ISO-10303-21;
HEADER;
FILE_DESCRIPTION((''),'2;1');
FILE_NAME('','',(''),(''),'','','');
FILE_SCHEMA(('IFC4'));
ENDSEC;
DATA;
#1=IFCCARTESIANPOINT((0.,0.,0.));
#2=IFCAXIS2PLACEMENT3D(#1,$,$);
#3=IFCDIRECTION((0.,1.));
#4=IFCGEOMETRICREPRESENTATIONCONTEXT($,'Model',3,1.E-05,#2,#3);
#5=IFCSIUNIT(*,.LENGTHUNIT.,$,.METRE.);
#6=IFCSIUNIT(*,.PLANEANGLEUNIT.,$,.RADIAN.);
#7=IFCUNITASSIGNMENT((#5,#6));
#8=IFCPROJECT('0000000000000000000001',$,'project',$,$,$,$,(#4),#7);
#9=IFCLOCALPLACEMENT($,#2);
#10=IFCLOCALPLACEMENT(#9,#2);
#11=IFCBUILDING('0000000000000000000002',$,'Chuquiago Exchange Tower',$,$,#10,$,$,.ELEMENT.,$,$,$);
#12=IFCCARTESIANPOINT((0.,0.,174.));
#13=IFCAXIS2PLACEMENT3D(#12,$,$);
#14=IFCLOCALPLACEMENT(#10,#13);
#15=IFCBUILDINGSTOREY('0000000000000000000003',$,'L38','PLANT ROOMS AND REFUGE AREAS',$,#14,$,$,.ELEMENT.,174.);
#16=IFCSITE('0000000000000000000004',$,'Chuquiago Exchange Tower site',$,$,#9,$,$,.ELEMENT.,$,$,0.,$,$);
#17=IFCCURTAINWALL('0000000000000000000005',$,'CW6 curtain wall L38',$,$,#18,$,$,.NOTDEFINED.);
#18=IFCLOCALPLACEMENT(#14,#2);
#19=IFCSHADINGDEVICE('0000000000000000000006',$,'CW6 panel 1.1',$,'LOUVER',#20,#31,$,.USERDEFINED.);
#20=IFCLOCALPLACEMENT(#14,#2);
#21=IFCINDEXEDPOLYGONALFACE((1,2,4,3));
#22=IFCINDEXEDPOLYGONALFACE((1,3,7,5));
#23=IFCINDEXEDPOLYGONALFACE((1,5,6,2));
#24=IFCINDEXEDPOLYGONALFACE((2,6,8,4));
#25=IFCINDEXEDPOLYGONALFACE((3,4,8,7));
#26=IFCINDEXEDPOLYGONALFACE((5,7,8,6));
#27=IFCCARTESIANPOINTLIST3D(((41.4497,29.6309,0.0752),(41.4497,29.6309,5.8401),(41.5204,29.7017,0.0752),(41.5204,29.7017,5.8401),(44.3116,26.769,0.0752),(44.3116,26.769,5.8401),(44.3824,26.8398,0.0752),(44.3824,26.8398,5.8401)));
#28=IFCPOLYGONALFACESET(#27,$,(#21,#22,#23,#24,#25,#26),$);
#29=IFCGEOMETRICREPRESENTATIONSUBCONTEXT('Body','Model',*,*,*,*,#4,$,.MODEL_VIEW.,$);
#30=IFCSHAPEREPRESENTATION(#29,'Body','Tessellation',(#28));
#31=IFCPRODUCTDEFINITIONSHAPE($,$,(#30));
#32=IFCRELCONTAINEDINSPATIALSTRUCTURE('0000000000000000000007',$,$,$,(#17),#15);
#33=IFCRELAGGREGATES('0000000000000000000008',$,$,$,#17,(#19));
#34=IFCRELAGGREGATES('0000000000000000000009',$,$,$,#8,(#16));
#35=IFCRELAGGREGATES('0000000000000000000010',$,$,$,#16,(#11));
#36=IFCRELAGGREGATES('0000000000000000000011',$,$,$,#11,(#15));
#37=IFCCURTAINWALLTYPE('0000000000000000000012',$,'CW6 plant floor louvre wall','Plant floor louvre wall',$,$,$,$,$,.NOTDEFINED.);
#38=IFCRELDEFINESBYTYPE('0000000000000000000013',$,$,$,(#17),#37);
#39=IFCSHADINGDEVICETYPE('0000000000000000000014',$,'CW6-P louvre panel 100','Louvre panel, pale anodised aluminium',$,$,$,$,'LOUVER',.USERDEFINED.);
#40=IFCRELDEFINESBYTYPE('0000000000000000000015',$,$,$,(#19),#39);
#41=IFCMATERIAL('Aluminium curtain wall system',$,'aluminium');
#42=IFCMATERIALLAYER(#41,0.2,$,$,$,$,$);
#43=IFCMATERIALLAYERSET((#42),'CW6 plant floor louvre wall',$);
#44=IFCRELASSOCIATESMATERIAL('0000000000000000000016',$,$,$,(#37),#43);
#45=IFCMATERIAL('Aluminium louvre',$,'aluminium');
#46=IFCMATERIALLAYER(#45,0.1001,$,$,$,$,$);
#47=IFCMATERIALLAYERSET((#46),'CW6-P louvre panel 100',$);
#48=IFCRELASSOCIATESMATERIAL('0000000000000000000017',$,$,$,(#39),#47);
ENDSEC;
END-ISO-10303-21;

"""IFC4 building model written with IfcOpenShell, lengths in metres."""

from ifc_helpers import new_model, si_unit, direction, frame, origin, origin_2d, place, context, subcontext, project, spatial, rectangle, extrude, material, layer, layer_set, type_object, element, aggregate, save


model = new_model("IFC4")

# Units and contexts
model_context = context("Model", 3, precision=1e-05, world=origin(), true_north=direction((0.0, 1.0)))
body_context = subcontext(model_context, "Body", "Model", "MODEL_VIEW")
ifc_project = project(units=[si_unit("LENGTHUNIT", "METRE"), si_unit("PLANEANGLEUNIT", "RADIAN")], contexts=[model_context])

# Site, building, storey
site_placement = place(None, origin())
site = spatial("IfcSite", under=ifc_project, at=site_placement, Name="Chuquiago Exchange Tower site", CompositionType="ELEMENT", RefElevation=0.0)
building_placement = place(site_placement, origin())
building = spatial("IfcBuilding", under=site, at=building_placement, Name="Chuquiago Exchange Tower", CompositionType="ELEMENT")
storey_placement = place(building_placement, frame((0.0, 0.0, 174.0)))
storey = spatial("IfcBuildingStorey", under=building, at=storey_placement, Name="L38", Description="PLANT ROOMS AND REFUGE AREAS", CompositionType="ELEMENT", Elevation=174.0)

# Shared definitions
ifc_material_1 = material(Name="Aluminium curtain wall system", Category="aluminium")
ifc_layer_1 = layer(ifc_material_1, 0.2)
ifc_layer_set_1 = layer_set([ifc_layer_1], Name="CW6 plant floor louvre wall")
curtain_wall_type = type_object("IfcCurtainWallType", Name="CW6 plant floor louvre wall", Description="Plant floor louvre wall", PredefinedType="NOTDEFINED", material=ifc_layer_set_1)

# Curtain wall
curtain_wall_1_placement = place(storey_placement, origin())
curtain_wall_1 = element("IfcCurtainWall", 1, at=curtain_wall_1_placement, inside=storey, type_object=curtain_wall_type, Name="CW6 curtain wall L38", PredefinedType="NOTDEFINED")

# Shading device
ifc_material_2 = material(Name="Aluminium louvre", Category="aluminium")
ifc_layer_2 = layer(ifc_material_2, 0.1001)
ifc_layer_set_2 = layer_set([ifc_layer_2], Name="CW6-P louvre panel 100")
shading_device_type = type_object("IfcShadingDeviceType", Name="CW6-P louvre panel 100", Description="Louvre panel, pale anodised aluminium", ElementType="LOUVER", PredefinedType="USERDEFINED", material=ifc_layer_set_2)
shading_device_1_placement = place(storey_placement, frame((42.916, 28.2354, 0.0752), z_axis=(0.0, 0.0, 1.0), x_axis=(-0.707107, 0.707107, 0.0)))
shading_device_1 = element("IfcShadingDevice", 2, at=shading_device_1_placement, type_object=shading_device_type, Name="CW6 panel 1.1", ObjectType="LOUVER", PredefinedType="USERDEFINED", context=body_context, shape_type="SweptSolid", body=[
    extrude(rectangle(XDim=4.0474, YDim=0.1001, at=origin_2d()), origin(), (0.0, 0.0, 1.0), 5.7649),
])
aggregate(curtain_wall_1, [shading_device_1])

save(model, "model.ifc")
